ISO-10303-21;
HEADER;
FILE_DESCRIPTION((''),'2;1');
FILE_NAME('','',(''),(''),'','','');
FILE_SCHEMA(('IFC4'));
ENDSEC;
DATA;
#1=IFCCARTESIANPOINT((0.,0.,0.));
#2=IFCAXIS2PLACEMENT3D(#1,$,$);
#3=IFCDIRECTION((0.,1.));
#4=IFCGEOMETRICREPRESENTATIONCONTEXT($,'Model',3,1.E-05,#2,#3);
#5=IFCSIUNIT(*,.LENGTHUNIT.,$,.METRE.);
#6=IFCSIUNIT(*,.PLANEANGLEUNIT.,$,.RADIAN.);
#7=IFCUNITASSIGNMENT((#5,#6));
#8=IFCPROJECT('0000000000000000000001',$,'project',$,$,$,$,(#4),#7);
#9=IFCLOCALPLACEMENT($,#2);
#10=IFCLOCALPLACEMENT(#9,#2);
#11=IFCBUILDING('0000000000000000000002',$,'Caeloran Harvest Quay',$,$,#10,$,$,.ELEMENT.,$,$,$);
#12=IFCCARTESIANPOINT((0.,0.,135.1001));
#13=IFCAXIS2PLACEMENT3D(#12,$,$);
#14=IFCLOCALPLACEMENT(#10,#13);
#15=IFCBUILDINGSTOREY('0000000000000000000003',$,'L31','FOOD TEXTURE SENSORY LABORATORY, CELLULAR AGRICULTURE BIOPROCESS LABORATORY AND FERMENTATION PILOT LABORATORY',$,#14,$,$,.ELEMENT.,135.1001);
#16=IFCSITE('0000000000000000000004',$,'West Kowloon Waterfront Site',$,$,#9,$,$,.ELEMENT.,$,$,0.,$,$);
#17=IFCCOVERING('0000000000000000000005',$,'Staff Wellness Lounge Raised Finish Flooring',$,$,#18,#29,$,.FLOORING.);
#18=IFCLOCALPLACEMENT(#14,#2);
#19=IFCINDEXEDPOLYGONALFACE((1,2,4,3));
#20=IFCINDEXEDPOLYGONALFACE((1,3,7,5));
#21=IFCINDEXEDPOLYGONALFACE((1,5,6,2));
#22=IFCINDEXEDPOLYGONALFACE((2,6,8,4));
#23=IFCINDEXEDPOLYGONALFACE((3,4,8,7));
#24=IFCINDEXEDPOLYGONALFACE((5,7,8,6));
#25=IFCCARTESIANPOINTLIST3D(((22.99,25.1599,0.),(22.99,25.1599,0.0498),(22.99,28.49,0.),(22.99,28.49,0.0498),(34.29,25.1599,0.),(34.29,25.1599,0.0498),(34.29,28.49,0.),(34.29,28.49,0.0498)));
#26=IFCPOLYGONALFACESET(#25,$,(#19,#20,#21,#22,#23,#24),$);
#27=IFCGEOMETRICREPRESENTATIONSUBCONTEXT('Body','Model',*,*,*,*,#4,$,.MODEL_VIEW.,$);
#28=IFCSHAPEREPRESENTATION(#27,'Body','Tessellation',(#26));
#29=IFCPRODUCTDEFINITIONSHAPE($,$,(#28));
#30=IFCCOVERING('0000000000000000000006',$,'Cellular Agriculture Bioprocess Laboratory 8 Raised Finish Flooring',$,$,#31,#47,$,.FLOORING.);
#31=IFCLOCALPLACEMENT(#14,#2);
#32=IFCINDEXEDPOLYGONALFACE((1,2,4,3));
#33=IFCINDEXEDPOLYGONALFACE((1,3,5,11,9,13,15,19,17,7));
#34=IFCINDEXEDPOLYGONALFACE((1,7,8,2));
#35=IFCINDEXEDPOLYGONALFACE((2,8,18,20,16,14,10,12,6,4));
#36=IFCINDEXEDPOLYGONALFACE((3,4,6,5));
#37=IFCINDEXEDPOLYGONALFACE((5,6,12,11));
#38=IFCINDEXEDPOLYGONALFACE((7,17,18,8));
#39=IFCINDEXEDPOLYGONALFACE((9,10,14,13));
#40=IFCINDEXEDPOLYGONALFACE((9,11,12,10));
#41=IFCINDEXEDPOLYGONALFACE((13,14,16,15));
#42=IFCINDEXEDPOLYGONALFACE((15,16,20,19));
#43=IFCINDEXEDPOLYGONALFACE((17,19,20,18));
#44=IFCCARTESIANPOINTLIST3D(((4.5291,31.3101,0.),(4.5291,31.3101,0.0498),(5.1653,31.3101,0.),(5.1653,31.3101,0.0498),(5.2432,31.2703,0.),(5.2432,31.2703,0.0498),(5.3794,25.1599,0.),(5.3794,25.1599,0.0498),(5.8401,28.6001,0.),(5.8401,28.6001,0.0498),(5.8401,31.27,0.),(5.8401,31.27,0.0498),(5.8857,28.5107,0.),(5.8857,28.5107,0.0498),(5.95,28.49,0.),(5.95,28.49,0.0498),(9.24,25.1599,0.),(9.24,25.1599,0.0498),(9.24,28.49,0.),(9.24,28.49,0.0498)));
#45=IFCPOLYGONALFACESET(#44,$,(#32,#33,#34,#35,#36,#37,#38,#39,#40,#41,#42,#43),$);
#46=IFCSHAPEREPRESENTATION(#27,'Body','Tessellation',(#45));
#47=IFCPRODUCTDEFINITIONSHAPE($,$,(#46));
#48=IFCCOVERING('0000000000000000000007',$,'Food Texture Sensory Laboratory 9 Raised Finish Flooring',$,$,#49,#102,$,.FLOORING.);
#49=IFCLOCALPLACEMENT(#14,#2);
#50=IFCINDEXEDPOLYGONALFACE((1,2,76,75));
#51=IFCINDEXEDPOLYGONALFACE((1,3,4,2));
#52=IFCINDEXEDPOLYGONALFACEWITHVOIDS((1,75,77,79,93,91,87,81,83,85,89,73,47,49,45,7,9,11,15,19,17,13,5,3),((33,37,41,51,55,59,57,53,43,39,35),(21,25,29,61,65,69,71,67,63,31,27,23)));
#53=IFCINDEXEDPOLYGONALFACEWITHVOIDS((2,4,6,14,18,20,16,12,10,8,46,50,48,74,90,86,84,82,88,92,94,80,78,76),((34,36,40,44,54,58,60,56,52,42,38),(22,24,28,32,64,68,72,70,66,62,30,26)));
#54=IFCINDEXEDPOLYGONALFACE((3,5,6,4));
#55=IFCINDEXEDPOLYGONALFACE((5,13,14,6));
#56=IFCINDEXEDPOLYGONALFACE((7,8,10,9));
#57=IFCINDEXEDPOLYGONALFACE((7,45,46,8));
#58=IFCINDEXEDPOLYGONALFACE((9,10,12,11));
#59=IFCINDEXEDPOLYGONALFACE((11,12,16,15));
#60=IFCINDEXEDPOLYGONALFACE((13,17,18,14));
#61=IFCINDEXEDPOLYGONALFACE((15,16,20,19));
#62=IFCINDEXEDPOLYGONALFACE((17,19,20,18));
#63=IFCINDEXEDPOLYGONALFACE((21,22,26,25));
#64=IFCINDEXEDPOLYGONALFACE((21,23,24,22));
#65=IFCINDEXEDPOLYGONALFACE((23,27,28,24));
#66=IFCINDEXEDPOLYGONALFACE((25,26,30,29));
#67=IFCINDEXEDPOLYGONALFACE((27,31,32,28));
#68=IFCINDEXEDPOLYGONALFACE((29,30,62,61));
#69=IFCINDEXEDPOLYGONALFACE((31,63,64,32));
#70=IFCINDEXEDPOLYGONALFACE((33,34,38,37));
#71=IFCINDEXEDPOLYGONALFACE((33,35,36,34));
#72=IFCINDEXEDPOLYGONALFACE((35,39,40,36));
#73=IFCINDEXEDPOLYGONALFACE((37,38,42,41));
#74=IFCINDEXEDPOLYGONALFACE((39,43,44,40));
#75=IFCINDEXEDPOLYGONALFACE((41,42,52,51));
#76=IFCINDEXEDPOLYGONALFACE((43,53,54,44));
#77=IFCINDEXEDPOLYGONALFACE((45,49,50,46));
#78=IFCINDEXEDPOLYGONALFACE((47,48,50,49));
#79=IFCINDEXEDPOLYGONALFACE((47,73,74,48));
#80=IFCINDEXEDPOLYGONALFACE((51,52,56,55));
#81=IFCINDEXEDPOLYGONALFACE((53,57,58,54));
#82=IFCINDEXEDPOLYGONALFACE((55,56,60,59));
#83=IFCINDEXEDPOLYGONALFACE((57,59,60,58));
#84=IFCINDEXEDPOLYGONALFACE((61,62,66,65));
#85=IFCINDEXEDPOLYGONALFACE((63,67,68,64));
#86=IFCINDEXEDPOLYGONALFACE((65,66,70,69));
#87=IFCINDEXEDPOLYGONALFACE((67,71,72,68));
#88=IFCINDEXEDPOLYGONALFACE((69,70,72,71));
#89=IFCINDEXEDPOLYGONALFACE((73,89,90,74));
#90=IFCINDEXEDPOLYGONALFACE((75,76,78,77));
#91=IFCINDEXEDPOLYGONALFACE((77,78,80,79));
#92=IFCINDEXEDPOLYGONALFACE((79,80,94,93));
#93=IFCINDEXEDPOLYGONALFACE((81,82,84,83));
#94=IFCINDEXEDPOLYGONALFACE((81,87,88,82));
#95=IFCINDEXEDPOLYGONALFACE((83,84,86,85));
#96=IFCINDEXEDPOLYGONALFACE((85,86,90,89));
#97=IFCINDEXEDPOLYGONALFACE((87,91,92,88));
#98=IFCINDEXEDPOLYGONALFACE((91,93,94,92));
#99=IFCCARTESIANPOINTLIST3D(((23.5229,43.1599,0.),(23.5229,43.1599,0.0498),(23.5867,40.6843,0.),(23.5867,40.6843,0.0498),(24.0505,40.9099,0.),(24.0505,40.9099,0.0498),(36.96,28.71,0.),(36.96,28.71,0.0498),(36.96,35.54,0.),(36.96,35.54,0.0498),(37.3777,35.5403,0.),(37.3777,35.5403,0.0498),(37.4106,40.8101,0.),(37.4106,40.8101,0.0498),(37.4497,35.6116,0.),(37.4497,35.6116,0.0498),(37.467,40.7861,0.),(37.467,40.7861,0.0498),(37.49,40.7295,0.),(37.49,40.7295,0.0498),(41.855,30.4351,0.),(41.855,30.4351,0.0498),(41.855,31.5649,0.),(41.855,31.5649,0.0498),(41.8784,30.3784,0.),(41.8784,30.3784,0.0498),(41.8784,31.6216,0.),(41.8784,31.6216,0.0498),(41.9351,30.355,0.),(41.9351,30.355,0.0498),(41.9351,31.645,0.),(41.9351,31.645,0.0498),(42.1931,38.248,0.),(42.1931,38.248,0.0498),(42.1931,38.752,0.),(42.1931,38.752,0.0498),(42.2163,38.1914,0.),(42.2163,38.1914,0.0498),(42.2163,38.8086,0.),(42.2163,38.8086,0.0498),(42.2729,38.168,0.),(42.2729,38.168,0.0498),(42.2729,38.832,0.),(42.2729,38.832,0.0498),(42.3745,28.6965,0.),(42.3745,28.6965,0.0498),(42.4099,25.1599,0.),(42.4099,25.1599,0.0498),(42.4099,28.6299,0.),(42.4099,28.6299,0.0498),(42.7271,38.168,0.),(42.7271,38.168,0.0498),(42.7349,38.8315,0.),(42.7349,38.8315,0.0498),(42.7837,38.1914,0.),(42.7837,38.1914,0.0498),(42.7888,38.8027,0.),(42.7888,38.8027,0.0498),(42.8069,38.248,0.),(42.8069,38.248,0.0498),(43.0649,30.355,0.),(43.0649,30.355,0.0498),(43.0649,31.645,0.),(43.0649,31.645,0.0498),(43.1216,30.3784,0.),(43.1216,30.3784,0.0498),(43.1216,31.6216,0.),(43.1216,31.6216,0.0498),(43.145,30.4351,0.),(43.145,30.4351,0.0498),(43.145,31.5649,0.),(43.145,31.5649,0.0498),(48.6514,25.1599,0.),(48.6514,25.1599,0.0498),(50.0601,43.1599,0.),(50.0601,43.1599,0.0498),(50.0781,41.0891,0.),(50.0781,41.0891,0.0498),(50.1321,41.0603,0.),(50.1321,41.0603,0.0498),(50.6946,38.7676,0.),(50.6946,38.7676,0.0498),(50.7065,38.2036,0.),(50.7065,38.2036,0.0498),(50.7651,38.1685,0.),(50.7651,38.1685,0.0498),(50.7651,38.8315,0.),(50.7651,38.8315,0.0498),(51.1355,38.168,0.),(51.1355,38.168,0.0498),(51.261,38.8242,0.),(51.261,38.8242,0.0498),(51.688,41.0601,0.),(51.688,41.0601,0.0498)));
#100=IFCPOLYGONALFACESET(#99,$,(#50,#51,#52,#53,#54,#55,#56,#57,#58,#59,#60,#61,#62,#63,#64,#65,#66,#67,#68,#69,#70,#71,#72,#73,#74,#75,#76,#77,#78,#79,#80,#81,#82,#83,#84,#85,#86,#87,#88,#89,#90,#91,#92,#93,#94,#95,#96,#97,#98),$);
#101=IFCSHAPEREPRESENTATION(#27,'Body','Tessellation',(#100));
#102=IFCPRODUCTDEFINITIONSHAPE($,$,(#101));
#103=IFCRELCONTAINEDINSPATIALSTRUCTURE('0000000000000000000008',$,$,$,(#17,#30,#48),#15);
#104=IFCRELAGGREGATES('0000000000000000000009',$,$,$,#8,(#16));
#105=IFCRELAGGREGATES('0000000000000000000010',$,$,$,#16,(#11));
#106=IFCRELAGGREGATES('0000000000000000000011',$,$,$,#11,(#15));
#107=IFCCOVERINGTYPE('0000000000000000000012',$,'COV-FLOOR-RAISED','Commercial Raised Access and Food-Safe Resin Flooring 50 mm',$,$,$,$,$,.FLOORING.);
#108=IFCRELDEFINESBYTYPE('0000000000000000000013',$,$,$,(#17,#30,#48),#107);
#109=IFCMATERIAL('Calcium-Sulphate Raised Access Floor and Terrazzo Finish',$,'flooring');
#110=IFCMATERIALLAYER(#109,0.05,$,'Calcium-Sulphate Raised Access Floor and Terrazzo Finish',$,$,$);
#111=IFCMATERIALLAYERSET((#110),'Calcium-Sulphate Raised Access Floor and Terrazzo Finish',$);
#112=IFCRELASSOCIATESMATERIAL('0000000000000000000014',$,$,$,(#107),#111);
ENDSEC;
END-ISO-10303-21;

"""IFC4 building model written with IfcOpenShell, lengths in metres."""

from ifc_helpers import new_model, si_unit, direction, frame, origin, place, context, subcontext, project, spatial, polyline, outline, extrude, material, layer, layer_set, type_object, element, save


model = new_model("IFC4")

# Units and contexts
model_context = context("Model", 3, precision=1e-05, world=origin(), true_north=direction((0.0, 1.0)))
body_context = subcontext(model_context, "Body", "Model", "MODEL_VIEW")
ifc_project = project(units=[si_unit("LENGTHUNIT", "METRE"), si_unit("PLANEANGLEUNIT", "RADIAN")], contexts=[model_context])

# Site, building, storey
site_placement = place(None, origin())
site = spatial("IfcSite", under=ifc_project, at=site_placement, Name="West Kowloon Waterfront Site", CompositionType="ELEMENT", RefElevation=0.0)
building_placement = place(site_placement, origin())
building = spatial("IfcBuilding", under=site, at=building_placement, Name="Caeloran Harvest Quay", CompositionType="ELEMENT")
storey_placement = place(building_placement, frame((0.0, 0.0, 135.1001)))
storey = spatial("IfcBuildingStorey", under=building, at=storey_placement, Name="L31", Description="FOOD TEXTURE SENSORY LABORATORY, CELLULAR AGRICULTURE BIOPROCESS LABORATORY AND FERMENTATION PILOT LABORATORY", CompositionType="ELEMENT", Elevation=135.1001)

# Coverings
ifc_material_1 = material(Name="Calcium-Sulphate Raised Access Floor and Terrazzo Finish", Category="flooring")
ifc_layer_1 = layer(ifc_material_1, 0.05, Name="Calcium-Sulphate Raised Access Floor and Terrazzo Finish")
ifc_layer_set_1 = layer_set([ifc_layer_1], Name="Calcium-Sulphate Raised Access Floor and Terrazzo Finish")
covering_type_1 = type_object("IfcCoveringType", Name="COV-FLOOR-RAISED", Description="Commercial Raised Access and Food-Safe Resin Flooring 50 mm", PredefinedType="FLOORING", material=ifc_layer_set_1)
covering_1_placement = place(storey_placement, origin())
element("IfcCovering", 1, at=covering_1_placement, inside=storey, type_object=covering_type_1, Name="Staff Wellness Lounge Raised Finish Flooring", PredefinedType="FLOORING", context=body_context, shape_type="SweptSolid", body=[
    extrude(outline(polyline([(22.99, 28.49), (34.29, 28.49), (34.29, 25.1599), (22.99, 25.1599), (22.99, 28.49)])), origin(), (0.0, 0.0, 1.0), 0.0498),
])
covering_2_placement = place(storey_placement, origin())
element("IfcCovering", 2, at=covering_2_placement, inside=storey, type_object=covering_type_1, Name="Cellular Agriculture Bioprocess Laboratory 8 Raised Finish Flooring", PredefinedType="FLOORING", context=body_context, shape_type="SweptSolid", body=[
    extrude(outline(polyline([(5.1653, 31.3101), (5.2432, 31.2703), (5.8401, 31.27), (5.8401, 28.6001), (5.8857, 28.5107), (5.95, 28.49), (9.24, 28.49), (9.24, 25.1599), (5.3794, 25.1599), (4.5291, 31.3101), (5.1653, 31.3101)])), origin(), (0.0, 0.0, 1.0), 0.0498),
])
covering_3_placement = place(storey_placement, origin())
element("IfcCovering", 3, at=covering_3_placement, inside=storey, type_object=covering_type_1, Name="Food Texture Sensory Laboratory 9 Raised Finish Flooring", PredefinedType="FLOORING", context=body_context, shape_type="SweptSolid", body=[
    extrude(outline(polyline([(50.0601, 43.1599), (50.0781, 41.0891), (50.1321, 41.0603), (51.688, 41.0601), (51.261, 38.8242), (50.7651, 38.8315), (50.6946, 38.7676), (50.7065, 38.2036), (50.7651, 38.1685), (51.1355, 38.168), (48.6514, 25.1599), (42.4099, 25.1599), (42.4099, 28.6299), (42.3745, 28.6965), (36.96, 28.71), (36.96, 35.54), (37.3777, 35.5403), (37.4497, 35.6116), (37.49, 40.7295), (37.467, 40.7861), (37.4106, 40.8101), (24.0505, 40.9099), (23.5867, 40.6843), (23.5229, 43.1599), (50.0601, 43.1599)]), holes=[polyline([(41.9351, 31.645), (41.8784, 31.6216), (41.855, 31.5649), (41.855, 30.4351), (41.8784, 30.3784), (41.9351, 30.355), (43.0649, 30.355), (43.1216, 30.3784), (43.145, 30.4351), (43.145, 31.5649), (43.1216, 31.6216), (43.0649, 31.645), (41.9351, 31.645)]), polyline([(42.8069, 38.248), (42.7888, 38.8027), (42.7349, 38.8315), (42.2729, 38.832), (42.2163, 38.8086), (42.1931, 38.752), (42.1931, 38.248), (42.2163, 38.1914), (42.2729, 38.168), (42.7271, 38.168), (42.7837, 38.1914), (42.8069, 38.248)])]), origin(), (0.0, 0.0, 1.0), 0.0498),
])

save(model, "model.ifc")
